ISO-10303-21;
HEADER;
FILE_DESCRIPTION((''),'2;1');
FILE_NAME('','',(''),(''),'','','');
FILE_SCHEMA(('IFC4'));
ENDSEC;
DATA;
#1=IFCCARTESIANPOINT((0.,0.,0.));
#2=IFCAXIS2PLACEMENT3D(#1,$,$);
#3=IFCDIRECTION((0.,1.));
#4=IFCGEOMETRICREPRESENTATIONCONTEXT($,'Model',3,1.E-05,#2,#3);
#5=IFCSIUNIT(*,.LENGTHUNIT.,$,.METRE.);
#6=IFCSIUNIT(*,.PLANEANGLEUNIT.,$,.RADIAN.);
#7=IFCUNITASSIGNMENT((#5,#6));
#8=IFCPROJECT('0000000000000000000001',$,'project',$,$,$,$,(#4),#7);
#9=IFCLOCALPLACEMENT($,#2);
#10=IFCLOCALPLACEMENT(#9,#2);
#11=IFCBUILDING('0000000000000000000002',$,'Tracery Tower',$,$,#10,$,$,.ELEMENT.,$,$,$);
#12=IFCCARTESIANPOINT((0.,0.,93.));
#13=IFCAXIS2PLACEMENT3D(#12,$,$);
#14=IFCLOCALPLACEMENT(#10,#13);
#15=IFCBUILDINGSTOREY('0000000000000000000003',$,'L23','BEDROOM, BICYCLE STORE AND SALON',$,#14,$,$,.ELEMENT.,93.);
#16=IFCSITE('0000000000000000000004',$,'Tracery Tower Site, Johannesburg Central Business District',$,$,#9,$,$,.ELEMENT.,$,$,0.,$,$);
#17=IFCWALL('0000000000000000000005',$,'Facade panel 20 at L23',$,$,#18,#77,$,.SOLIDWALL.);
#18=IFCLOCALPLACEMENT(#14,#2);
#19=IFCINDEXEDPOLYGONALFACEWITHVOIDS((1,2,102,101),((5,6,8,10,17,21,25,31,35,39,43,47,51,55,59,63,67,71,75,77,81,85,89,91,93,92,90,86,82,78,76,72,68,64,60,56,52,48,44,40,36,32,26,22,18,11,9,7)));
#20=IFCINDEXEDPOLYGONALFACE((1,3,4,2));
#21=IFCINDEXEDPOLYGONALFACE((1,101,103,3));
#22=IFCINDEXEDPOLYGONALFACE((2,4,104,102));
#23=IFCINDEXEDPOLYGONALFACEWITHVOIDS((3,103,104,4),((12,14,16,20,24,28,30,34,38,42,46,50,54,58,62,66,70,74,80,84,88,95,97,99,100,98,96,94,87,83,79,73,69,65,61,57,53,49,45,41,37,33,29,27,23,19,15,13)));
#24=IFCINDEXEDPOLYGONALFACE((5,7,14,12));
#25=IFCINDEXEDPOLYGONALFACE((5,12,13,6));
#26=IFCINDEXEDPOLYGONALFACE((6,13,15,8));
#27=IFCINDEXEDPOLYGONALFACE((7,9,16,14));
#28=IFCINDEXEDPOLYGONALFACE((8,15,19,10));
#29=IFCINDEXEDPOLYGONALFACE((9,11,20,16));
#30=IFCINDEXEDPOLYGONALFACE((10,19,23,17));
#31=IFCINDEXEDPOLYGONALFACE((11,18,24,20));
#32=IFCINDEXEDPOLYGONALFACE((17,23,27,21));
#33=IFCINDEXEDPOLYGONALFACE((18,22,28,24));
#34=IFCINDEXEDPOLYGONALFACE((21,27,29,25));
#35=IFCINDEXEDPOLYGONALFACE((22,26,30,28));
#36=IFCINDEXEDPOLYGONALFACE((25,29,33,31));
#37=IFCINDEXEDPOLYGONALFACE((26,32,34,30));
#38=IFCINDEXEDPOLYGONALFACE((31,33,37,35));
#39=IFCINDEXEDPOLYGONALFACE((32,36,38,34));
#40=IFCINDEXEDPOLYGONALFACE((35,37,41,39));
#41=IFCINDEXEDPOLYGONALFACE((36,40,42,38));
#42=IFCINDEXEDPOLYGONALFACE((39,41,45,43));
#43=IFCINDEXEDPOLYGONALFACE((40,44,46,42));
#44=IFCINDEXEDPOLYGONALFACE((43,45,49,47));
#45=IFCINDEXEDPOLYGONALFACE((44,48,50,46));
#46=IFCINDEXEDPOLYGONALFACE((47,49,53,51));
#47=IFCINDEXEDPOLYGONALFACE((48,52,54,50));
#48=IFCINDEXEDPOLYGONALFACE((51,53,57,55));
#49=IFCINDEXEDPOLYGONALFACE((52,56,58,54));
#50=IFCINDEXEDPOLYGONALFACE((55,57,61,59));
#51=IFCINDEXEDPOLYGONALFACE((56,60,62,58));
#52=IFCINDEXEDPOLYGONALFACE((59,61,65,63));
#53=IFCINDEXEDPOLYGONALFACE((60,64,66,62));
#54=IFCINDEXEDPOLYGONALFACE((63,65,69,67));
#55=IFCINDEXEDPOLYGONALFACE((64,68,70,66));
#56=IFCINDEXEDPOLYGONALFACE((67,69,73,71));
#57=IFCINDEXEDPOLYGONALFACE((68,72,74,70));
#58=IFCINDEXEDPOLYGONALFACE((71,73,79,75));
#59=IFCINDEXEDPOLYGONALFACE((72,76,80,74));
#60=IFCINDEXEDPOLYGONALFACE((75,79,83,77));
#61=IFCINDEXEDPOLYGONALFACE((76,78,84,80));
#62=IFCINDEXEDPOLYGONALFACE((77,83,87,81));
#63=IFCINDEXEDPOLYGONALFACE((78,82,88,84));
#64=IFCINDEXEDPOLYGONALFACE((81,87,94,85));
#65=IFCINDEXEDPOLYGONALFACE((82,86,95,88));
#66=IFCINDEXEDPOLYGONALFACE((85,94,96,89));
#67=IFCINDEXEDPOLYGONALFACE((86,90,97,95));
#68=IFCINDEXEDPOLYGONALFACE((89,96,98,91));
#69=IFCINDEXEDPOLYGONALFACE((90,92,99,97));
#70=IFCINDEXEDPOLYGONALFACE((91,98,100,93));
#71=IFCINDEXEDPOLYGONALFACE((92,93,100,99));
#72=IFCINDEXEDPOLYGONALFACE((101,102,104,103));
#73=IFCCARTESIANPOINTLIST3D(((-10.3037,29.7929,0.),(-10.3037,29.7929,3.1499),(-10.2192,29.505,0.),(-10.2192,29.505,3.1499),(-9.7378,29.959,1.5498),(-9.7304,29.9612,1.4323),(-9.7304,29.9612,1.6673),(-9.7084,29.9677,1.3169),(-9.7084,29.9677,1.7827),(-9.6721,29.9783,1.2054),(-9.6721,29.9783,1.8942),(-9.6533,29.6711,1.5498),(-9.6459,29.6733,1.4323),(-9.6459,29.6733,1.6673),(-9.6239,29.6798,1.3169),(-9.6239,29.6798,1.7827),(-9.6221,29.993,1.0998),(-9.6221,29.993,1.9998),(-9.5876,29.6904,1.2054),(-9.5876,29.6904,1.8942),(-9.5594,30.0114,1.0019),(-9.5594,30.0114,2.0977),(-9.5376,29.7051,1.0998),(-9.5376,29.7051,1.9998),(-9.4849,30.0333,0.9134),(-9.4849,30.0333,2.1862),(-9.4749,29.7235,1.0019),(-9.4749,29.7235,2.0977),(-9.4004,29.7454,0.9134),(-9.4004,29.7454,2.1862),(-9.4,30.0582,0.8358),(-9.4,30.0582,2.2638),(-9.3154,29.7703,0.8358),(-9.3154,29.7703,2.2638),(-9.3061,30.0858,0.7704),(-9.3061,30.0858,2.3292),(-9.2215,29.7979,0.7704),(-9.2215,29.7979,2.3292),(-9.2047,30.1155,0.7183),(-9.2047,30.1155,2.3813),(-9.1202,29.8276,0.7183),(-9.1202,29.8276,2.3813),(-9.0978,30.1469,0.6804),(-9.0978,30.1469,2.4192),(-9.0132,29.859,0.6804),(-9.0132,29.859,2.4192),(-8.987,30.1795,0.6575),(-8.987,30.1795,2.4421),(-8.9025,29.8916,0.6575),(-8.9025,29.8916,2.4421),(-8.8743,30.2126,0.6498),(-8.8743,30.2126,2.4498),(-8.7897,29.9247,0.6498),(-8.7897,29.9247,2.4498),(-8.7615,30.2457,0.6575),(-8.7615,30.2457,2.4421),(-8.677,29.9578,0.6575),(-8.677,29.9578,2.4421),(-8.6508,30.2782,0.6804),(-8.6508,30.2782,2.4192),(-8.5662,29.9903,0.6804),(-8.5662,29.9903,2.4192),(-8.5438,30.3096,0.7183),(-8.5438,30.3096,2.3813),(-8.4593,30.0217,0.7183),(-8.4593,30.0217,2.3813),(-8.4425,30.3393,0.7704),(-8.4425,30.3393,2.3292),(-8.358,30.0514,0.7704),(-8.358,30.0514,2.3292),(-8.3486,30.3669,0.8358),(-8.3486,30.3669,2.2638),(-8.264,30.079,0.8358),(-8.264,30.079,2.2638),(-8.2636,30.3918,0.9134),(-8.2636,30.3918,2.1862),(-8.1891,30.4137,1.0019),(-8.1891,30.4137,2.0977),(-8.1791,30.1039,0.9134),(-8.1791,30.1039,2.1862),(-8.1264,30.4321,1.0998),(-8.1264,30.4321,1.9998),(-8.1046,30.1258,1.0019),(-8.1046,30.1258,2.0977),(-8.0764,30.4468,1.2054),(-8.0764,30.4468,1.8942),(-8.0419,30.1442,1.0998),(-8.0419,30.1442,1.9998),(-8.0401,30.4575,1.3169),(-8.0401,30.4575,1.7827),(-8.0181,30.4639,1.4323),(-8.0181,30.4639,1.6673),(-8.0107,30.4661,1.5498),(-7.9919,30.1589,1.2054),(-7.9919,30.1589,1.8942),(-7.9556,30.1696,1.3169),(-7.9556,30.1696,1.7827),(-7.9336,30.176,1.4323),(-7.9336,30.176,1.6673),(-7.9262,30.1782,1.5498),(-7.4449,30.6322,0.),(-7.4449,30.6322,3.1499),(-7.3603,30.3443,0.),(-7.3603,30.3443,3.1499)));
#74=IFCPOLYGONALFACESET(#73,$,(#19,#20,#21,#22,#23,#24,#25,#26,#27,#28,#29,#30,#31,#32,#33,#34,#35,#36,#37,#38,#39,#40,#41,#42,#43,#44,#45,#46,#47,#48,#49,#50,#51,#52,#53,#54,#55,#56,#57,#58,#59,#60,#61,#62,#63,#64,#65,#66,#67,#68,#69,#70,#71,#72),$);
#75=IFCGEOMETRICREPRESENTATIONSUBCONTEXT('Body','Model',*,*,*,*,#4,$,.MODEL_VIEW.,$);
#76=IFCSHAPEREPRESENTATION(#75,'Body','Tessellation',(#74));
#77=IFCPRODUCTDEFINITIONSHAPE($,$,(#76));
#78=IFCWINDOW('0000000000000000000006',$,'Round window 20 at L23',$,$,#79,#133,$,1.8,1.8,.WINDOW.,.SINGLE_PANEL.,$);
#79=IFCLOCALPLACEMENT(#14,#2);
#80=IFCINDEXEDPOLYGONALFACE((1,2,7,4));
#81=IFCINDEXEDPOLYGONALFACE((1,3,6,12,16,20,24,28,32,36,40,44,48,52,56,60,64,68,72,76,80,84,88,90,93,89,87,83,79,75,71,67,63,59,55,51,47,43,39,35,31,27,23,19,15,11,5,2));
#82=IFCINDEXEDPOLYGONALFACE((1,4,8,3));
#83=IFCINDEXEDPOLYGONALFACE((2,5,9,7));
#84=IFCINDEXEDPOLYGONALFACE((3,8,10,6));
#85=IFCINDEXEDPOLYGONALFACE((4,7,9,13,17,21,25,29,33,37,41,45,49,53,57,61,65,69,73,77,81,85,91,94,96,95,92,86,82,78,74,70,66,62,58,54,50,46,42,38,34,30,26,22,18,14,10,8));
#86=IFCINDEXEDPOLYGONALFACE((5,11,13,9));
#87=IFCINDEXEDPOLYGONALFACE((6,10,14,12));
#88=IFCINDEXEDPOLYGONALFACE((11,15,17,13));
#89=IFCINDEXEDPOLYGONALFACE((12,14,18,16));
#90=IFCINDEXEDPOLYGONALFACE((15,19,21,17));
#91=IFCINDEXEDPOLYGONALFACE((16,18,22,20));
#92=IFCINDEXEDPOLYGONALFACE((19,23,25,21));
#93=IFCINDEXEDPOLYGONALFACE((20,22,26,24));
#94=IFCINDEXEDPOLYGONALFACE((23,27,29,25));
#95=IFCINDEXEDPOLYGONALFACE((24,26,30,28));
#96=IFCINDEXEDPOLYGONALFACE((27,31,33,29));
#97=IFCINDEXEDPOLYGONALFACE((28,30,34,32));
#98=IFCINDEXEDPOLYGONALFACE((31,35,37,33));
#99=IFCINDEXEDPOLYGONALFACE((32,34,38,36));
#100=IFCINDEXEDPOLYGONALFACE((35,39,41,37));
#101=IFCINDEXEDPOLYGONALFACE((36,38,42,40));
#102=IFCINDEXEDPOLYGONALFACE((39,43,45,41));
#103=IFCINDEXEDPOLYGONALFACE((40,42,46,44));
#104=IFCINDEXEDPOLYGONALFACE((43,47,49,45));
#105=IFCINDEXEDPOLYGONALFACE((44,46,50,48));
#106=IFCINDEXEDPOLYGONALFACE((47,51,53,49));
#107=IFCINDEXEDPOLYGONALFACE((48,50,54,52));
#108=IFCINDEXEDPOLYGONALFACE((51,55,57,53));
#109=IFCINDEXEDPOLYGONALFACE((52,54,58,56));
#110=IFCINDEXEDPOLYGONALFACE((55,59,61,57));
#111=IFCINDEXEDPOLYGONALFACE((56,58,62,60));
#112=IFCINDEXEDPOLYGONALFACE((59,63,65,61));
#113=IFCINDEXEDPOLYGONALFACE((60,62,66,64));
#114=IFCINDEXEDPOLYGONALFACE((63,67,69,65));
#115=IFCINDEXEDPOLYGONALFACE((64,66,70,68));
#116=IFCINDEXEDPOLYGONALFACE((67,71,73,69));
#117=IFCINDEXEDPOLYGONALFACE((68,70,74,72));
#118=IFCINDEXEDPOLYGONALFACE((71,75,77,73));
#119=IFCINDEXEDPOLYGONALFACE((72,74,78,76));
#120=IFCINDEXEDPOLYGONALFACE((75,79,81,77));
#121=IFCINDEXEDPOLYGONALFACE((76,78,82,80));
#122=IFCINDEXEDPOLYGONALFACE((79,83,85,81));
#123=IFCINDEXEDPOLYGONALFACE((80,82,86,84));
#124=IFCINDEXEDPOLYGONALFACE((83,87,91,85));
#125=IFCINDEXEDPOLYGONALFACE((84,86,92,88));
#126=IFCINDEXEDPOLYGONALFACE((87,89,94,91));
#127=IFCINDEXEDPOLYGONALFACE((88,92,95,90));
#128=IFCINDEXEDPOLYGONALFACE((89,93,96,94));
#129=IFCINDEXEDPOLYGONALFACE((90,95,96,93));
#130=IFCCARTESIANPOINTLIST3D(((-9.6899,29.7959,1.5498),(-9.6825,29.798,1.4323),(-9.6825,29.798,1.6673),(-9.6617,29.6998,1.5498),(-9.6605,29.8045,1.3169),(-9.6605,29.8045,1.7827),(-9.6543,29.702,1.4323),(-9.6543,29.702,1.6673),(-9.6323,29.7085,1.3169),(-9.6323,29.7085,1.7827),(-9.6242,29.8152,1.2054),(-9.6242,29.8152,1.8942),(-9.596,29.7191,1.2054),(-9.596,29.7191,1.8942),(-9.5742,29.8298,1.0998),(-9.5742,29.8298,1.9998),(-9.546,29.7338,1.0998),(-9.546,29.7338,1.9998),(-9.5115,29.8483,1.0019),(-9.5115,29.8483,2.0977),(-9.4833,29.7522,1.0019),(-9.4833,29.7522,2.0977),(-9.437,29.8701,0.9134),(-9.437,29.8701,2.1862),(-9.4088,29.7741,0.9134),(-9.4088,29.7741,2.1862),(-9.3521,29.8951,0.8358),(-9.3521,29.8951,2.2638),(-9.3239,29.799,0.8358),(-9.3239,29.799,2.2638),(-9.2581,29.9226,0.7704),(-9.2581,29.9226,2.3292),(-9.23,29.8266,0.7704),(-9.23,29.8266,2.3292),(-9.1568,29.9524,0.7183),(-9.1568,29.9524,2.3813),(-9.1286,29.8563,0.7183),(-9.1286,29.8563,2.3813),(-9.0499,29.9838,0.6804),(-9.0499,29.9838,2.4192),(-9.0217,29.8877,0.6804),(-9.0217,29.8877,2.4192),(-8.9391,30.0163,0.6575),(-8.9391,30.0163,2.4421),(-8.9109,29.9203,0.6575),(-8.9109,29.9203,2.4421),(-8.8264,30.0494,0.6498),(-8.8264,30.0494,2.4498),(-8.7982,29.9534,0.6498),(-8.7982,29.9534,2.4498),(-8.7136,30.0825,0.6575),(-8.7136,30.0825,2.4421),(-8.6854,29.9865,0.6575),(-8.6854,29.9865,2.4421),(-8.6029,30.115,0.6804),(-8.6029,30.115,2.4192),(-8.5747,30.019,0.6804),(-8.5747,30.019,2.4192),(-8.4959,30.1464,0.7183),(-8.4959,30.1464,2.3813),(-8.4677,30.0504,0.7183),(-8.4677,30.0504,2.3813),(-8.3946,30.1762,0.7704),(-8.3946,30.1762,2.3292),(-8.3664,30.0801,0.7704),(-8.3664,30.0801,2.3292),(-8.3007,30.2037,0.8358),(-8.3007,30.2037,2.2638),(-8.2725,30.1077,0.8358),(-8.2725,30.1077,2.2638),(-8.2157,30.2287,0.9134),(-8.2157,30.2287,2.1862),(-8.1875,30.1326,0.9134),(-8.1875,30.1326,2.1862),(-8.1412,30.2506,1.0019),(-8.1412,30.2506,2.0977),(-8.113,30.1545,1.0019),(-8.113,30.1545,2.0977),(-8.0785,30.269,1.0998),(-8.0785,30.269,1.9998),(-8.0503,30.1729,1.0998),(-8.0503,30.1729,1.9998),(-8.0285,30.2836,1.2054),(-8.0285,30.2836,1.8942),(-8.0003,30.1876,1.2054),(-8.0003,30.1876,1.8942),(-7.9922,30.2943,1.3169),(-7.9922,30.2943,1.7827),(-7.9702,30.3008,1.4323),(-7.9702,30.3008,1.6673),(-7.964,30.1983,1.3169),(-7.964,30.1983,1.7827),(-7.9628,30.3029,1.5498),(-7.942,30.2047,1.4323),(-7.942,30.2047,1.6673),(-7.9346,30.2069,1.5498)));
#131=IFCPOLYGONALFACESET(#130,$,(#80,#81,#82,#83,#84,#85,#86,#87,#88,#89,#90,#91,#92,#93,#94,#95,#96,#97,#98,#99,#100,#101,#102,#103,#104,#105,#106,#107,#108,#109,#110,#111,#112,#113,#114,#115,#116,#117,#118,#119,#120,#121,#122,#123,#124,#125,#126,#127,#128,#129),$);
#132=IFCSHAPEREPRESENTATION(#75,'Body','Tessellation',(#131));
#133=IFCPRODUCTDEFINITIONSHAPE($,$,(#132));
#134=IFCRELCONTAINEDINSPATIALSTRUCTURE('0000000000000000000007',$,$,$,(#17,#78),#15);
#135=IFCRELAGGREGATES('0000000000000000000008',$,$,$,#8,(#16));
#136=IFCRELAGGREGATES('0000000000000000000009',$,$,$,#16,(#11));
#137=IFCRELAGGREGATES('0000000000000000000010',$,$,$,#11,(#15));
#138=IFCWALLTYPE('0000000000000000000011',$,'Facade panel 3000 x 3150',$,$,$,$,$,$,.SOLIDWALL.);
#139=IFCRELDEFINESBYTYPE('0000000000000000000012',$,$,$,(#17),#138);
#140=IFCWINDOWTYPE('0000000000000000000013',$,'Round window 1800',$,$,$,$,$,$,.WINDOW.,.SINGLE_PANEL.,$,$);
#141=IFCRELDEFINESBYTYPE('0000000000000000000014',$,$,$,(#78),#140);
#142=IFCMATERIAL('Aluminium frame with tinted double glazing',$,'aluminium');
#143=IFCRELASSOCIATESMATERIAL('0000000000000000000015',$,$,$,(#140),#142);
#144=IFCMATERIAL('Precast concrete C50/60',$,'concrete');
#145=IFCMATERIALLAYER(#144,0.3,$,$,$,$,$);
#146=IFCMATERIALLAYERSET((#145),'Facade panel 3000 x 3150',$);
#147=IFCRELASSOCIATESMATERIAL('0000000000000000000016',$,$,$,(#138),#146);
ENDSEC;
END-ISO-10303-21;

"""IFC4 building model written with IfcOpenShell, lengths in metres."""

from ifc_helpers import new_model, si_unit, direction, frame, frame_2d, origin, origin_2d, place, context, subcontext, project, spatial, rectangle, circle, extrude, material, layer, layer_set, type_object, element, fill, save


model = new_model("IFC4")

# Units and contexts
model_context = context("Model", 3, precision=1e-05, world=origin(), true_north=direction((0.0, 1.0)))
body_context = subcontext(model_context, "Body", "Model", "MODEL_VIEW")
ifc_project = project(units=[si_unit("LENGTHUNIT", "METRE"), si_unit("PLANEANGLEUNIT", "RADIAN")], contexts=[model_context])

# Site, building, storey
site_placement = place(None, origin())
site = spatial("IfcSite", under=ifc_project, at=site_placement, Name="Tracery Tower Site, Johannesburg Central Business District", CompositionType="ELEMENT", RefElevation=0.0)
building_placement = place(site_placement, origin())
building = spatial("IfcBuilding", under=site, at=building_placement, Name="Tracery Tower", CompositionType="ELEMENT")
storey_placement = place(building_placement, frame((0.0, 0.0, 93.0)))
storey = spatial("IfcBuildingStorey", under=building, at=storey_placement, Name="L23", Description="BEDROOM, BICYCLE STORE AND SALON", CompositionType="ELEMENT", Elevation=93.0)

# Wall, opening, window
ifc_material_1 = material(Name="Aluminium frame with tinted double glazing", Category="aluminium")
window_type = type_object("IfcWindowType", Name="Round window 1800", PartitioningType="SINGLE_PANEL", PredefinedType="WINDOW", material=ifc_material_1)
ifc_material_2 = material(Name="Precast concrete C50/60", Category="concrete")
ifc_layer_1 = layer(ifc_material_2, 0.3)
ifc_layer_set_1 = layer_set([ifc_layer_1], Name="Facade panel 3000 x 3150")
wall_type_1 = type_object("IfcWallType", Name="Facade panel 3000 x 3150", PredefinedType="SOLIDWALL", material=ifc_layer_set_1)
wall_1_placement = place(storey_placement, frame((-7.4026, 30.4883, 0.0), z_axis=(0.0, 0.0, 1.0), x_axis=(-0.959501, -0.281705, 0.0)))
wall_1 = element("IfcWall", 1, at=wall_1_placement, inside=storey, type_object=wall_type_1, Name="Facade panel 20 at L23", PredefinedType="SOLIDWALL", context=body_context, shape_type="SweptSolid", body=[
    extrude(rectangle(XDim=2.9795, YDim=0.3, at=frame_2d((1.4897, 0.0))), origin(), (0.0, 0.0, 1.0), 3.1499),
])
opening_1_placement = place(wall_1_placement, frame((1.4897, 0.0, 1.5498)))
opening_1 = element("IfcOpeningElement", 2, at=opening_1_placement, cuts=wall_1, PredefinedType="OPENING", context=body_context, shape_type="SweptSolid", body=[
    extrude(circle(Radius=0.9, at=origin_2d()), frame((0.0, 0.1599, 0.0), z_axis=(0.0, -1.0, 0.0), x_axis=(1.0, 0.0, 0.0)), (0.0, 0.0, 1.0), 0.3201),
])
window_1_placement = place(opening_1_placement, origin())
window_1 = element("IfcWindow", 3, at=window_1_placement, inside=storey, type_object=window_type, Name="Round window 20 at L23", OverallHeight=1.8, OverallWidth=1.8, PartitioningType="SINGLE_PANEL", PredefinedType="WINDOW", context=body_context, shape_type="SweptSolid", body=[
    extrude(circle(Radius=0.9, at=origin_2d()), frame((0.0, 0.1201, 0.0), z_axis=(0.0, -1.0, 0.0), x_axis=(1.0, 0.0, 0.0)), (0.0, 0.0, 1.0), 0.1001),
])
fill(opening_1, window_1)

save(model, "model.ifc")
